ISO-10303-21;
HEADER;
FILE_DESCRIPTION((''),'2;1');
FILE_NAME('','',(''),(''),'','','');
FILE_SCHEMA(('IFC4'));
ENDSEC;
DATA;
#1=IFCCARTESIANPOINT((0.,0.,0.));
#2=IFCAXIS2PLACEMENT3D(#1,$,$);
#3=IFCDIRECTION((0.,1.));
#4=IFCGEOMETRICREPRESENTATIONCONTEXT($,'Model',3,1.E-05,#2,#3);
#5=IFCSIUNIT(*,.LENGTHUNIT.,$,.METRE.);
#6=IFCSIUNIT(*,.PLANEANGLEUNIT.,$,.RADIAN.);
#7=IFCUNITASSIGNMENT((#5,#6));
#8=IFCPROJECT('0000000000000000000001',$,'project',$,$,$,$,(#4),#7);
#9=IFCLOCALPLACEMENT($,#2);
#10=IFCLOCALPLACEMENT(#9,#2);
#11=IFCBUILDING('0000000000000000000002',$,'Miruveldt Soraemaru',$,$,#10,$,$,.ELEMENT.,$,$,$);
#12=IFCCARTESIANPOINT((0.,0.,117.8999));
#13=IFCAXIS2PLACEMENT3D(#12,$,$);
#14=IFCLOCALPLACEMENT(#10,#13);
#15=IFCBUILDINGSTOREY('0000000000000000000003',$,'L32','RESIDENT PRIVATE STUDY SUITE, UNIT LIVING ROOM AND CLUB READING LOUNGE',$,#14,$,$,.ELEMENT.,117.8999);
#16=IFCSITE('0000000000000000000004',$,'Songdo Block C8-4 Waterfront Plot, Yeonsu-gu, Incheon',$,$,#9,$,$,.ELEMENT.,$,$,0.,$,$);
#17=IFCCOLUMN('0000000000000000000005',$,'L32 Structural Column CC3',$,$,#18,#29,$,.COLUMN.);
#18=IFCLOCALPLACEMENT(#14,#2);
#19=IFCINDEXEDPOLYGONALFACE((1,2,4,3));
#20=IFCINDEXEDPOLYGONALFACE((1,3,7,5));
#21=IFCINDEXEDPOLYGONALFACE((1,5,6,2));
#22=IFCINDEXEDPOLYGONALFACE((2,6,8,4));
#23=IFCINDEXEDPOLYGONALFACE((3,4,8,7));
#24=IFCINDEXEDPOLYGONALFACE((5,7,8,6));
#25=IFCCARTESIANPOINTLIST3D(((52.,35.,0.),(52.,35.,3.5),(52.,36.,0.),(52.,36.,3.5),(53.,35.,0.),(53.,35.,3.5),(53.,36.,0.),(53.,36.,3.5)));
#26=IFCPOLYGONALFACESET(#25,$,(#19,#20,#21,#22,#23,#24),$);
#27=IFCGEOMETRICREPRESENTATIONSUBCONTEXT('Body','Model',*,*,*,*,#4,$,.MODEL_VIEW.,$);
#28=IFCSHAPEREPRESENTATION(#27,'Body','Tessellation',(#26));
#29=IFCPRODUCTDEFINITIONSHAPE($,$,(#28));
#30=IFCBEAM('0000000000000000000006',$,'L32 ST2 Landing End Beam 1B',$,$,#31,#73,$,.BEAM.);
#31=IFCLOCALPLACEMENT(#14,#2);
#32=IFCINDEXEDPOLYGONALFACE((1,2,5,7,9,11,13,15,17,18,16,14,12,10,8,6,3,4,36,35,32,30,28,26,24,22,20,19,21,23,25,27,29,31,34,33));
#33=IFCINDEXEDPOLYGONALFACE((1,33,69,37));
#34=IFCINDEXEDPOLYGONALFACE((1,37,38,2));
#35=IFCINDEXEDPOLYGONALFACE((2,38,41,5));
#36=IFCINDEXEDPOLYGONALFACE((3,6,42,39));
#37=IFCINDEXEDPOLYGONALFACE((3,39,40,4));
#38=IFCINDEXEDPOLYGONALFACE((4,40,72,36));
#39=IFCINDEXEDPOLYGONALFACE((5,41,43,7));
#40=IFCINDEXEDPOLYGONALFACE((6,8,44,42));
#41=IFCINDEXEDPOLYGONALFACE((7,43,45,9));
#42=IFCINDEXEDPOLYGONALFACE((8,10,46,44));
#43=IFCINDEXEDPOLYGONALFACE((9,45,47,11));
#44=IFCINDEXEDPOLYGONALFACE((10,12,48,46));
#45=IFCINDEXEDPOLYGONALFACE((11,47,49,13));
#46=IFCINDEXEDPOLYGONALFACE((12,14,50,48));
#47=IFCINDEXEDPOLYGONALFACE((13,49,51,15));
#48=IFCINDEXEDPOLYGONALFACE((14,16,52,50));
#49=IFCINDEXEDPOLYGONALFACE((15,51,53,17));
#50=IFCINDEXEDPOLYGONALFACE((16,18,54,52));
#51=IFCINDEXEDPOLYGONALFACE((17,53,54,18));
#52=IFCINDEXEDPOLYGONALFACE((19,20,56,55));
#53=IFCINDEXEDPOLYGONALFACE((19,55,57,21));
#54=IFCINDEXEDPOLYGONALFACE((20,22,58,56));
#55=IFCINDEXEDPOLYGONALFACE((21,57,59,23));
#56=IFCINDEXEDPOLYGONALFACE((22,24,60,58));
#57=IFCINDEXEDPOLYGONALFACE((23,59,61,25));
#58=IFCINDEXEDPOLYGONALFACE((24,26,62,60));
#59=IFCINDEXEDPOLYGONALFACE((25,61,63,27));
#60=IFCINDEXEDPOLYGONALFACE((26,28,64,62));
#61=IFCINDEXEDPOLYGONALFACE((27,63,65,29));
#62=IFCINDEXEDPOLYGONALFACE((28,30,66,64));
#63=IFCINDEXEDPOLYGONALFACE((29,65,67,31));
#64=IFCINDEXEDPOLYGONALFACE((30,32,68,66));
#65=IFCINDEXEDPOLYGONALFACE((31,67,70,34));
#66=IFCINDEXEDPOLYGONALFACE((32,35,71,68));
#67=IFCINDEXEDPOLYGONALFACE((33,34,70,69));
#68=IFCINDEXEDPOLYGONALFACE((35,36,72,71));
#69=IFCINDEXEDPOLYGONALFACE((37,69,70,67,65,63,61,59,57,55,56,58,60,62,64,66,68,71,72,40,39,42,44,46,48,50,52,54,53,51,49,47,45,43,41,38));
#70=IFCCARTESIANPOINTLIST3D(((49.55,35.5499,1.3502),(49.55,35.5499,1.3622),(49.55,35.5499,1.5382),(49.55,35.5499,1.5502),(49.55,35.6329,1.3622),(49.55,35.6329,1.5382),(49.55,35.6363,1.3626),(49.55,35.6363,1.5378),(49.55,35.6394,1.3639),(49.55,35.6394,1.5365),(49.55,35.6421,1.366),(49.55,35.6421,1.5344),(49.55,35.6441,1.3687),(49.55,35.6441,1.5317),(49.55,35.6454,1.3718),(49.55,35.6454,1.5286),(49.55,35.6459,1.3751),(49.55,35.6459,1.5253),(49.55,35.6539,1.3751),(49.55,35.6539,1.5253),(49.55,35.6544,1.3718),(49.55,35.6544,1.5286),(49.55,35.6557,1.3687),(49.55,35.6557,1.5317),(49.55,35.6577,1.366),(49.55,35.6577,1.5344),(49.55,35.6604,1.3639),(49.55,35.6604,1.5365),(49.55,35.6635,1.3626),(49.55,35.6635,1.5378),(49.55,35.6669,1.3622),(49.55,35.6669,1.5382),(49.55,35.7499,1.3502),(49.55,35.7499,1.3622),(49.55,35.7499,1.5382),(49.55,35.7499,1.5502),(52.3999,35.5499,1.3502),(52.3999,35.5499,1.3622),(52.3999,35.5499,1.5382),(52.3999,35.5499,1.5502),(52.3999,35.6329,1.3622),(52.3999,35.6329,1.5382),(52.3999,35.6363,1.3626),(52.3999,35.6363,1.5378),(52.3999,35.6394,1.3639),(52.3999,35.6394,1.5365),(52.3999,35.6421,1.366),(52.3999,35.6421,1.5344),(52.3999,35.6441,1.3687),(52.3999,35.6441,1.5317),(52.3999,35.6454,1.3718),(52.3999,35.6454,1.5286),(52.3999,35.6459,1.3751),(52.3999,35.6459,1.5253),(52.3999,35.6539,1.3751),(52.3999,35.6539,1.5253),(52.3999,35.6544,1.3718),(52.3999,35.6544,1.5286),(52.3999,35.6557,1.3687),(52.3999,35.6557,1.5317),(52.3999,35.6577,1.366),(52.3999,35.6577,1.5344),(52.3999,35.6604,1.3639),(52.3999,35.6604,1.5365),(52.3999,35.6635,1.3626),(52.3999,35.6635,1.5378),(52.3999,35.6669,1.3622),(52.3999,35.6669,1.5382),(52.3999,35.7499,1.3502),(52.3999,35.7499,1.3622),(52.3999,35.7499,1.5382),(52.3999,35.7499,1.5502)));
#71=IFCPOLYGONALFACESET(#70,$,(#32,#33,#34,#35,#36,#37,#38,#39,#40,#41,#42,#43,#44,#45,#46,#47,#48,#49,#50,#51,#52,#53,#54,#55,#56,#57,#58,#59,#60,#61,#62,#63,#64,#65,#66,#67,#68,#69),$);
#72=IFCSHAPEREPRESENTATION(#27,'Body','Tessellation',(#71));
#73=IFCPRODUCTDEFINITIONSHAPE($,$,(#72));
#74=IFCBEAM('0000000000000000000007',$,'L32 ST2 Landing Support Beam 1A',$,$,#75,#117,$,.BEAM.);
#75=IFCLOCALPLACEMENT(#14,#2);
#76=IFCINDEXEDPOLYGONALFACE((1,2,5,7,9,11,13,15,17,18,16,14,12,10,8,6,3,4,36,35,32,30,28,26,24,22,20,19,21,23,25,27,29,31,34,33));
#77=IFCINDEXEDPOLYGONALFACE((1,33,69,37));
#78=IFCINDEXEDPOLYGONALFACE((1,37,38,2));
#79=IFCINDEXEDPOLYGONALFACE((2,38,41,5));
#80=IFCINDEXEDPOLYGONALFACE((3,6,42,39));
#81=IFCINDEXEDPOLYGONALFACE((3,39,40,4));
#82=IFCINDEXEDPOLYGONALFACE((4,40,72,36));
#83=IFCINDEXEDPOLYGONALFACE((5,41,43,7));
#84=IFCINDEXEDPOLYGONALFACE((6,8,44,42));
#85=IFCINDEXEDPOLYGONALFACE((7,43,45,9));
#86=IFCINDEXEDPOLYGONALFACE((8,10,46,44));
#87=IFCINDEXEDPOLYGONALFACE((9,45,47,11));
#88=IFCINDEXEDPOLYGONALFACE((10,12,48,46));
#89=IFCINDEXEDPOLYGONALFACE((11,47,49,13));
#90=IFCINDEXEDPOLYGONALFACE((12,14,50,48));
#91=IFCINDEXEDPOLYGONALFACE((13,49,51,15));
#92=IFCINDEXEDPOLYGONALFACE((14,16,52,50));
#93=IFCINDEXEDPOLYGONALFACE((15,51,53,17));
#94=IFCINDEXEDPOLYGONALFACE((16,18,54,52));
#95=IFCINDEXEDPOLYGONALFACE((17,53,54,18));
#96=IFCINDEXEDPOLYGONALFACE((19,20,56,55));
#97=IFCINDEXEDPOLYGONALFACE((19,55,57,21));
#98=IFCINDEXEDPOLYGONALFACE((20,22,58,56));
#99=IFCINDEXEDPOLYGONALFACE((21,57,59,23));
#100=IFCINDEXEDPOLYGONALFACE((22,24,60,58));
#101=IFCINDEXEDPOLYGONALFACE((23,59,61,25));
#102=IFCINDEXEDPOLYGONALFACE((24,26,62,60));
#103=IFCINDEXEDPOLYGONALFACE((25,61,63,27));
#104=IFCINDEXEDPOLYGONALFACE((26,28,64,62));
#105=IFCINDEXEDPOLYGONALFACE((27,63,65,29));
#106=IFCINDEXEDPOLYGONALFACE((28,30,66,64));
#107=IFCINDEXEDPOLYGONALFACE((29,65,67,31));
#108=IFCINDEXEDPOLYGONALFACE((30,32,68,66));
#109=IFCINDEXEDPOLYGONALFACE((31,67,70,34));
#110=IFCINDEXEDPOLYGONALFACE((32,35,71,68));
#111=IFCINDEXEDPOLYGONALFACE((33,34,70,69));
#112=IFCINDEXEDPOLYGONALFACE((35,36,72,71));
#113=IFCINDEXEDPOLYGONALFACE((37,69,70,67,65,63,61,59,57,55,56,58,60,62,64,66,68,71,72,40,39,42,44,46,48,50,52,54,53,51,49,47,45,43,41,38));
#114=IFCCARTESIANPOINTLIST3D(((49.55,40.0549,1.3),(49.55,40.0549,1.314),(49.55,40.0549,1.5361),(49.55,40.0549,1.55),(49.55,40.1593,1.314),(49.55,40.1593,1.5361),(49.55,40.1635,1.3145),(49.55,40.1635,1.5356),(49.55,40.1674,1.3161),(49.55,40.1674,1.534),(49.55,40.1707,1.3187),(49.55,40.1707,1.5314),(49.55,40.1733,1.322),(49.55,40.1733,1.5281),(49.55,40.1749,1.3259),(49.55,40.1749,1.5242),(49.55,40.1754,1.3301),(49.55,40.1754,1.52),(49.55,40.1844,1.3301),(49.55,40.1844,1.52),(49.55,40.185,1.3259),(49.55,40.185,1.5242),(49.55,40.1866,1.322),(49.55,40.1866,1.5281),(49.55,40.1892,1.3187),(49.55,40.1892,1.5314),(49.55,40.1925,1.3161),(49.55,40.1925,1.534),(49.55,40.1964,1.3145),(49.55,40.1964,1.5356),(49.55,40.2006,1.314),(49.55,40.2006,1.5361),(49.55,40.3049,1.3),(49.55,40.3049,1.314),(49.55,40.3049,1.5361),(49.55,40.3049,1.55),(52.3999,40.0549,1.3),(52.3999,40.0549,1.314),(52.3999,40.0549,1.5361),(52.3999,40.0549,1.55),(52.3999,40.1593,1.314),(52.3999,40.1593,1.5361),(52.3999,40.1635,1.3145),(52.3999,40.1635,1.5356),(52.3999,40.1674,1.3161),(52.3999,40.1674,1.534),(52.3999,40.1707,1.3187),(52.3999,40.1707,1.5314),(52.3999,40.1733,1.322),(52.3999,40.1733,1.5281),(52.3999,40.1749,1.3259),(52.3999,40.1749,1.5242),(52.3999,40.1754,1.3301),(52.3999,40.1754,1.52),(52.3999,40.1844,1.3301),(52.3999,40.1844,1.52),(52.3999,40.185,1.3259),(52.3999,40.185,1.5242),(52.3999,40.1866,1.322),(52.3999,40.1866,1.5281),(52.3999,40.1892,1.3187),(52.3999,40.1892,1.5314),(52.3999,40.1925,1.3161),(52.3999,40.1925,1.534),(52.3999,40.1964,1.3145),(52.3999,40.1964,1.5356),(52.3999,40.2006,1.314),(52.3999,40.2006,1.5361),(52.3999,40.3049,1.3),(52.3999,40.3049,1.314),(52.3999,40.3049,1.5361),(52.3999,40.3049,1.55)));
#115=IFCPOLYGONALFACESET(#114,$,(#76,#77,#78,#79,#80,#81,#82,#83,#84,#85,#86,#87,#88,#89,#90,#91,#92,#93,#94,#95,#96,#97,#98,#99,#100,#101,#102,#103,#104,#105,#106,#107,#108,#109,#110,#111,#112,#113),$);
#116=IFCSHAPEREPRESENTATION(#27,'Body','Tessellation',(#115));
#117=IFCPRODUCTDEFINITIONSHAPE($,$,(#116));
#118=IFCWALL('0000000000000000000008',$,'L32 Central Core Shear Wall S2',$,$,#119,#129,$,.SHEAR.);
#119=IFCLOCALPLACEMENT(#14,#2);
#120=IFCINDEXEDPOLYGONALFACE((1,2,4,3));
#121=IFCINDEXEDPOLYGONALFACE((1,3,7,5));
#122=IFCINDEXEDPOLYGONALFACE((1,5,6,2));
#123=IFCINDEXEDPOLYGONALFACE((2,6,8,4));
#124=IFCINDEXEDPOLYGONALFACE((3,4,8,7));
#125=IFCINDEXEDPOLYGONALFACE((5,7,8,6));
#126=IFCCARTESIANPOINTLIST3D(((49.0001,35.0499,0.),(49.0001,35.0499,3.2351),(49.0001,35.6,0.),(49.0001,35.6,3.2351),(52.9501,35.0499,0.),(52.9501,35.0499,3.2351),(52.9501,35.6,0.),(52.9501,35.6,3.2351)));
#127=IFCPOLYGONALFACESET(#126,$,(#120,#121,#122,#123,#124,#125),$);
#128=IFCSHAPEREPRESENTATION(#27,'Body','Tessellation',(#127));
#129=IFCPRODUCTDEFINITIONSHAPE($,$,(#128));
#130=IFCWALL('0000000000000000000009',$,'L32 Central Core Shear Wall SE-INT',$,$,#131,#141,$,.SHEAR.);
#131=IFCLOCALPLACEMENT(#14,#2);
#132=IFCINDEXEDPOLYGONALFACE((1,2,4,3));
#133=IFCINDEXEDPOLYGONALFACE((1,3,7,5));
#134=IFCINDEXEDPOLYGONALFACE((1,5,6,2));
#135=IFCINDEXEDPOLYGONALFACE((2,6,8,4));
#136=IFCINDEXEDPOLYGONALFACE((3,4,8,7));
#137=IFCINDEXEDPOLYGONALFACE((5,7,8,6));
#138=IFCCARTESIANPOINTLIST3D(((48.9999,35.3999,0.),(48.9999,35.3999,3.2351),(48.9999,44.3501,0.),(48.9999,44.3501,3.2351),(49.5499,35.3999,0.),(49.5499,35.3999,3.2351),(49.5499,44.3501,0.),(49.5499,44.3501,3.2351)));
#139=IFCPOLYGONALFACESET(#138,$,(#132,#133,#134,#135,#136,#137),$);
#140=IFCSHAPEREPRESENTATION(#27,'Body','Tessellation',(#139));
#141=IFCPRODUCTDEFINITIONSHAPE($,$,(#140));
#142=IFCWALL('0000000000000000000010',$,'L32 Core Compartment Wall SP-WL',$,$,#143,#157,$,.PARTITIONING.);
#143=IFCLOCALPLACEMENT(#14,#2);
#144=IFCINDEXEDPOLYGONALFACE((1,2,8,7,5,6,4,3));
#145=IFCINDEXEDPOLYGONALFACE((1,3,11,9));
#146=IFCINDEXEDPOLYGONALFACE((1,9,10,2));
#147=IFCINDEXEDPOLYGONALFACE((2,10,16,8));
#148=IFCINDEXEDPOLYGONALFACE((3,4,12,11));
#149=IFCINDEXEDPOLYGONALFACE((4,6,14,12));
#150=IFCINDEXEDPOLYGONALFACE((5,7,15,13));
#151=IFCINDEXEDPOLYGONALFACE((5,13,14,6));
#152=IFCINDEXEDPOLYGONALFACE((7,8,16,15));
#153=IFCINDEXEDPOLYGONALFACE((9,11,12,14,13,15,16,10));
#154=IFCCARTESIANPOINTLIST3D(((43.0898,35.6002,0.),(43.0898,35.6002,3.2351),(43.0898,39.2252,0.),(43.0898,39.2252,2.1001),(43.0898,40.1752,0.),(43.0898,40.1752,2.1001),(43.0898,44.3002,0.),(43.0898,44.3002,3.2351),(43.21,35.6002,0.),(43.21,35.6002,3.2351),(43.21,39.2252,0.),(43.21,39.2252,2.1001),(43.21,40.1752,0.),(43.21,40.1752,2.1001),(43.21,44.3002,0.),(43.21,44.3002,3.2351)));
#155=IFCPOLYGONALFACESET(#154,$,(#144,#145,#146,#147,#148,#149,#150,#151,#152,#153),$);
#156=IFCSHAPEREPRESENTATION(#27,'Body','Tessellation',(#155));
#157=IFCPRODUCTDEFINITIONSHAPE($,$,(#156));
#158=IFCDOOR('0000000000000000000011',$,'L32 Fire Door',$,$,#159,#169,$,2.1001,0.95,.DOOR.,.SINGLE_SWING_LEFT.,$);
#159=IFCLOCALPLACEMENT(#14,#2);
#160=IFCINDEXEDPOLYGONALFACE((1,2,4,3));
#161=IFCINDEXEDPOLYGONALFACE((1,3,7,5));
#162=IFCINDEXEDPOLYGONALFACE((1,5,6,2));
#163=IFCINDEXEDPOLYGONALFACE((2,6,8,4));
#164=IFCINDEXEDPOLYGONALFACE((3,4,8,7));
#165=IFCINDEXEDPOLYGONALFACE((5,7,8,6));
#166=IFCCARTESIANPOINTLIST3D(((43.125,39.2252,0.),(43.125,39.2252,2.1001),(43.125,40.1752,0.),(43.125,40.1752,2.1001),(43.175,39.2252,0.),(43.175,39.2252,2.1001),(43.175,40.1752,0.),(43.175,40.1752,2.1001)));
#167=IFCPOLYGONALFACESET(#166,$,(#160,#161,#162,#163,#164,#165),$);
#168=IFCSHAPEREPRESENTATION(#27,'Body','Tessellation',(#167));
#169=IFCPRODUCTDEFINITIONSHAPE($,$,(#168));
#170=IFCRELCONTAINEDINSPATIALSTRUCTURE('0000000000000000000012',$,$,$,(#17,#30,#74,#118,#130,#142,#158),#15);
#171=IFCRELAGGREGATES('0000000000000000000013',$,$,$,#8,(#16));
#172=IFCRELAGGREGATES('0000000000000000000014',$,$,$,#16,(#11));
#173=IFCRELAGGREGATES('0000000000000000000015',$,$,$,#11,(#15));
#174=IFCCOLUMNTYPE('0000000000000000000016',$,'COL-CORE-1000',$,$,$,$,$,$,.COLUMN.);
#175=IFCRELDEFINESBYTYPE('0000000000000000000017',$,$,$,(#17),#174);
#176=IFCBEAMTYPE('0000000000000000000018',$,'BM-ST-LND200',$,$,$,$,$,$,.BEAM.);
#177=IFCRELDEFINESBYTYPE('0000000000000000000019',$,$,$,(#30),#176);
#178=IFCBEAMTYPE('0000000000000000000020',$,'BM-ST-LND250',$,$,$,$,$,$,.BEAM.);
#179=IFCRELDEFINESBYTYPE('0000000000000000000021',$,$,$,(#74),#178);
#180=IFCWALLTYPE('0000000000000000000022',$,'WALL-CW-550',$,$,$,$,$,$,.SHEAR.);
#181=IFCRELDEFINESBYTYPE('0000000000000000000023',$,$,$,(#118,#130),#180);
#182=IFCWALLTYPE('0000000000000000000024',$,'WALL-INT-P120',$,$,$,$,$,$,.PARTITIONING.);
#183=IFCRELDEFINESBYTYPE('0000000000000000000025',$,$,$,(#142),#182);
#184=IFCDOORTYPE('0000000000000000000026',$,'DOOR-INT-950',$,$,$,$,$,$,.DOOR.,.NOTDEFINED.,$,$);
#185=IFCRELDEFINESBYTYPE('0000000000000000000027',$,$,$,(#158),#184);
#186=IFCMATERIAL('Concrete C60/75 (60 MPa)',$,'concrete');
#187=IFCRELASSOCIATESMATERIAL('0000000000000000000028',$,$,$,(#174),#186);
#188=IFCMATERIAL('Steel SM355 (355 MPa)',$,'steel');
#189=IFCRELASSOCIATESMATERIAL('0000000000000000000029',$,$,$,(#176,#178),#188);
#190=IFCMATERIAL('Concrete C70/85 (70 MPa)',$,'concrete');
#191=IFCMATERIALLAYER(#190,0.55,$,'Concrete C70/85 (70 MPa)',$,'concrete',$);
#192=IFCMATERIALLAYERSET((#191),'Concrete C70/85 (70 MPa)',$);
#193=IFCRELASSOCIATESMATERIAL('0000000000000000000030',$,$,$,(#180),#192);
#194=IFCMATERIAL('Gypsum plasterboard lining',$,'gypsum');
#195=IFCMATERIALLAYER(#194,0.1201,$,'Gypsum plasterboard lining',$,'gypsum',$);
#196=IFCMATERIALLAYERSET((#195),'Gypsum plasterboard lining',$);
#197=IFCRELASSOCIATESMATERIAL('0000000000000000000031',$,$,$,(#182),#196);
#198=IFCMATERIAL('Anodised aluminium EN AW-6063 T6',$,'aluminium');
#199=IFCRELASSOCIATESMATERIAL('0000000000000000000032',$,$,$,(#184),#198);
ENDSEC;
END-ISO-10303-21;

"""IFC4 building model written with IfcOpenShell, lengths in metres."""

from ifc_helpers import new_model, si_unit, direction, frame, frame_2d, origin, origin_2d, place, context, subcontext, project, spatial, rectangle, i_section, extrude, material, layer, layer_set, material_profile, profile_set, type_object, element, fill, save


model = new_model("IFC4")

# Units and contexts
model_context = context("Model", 3, precision=1e-05, world=origin(), true_north=direction((0.0, 1.0)))
body_context = subcontext(model_context, "Body", "Model", "MODEL_VIEW")
ifc_project = project(units=[si_unit("LENGTHUNIT", "METRE"), si_unit("PLANEANGLEUNIT", "RADIAN")], contexts=[model_context])

# Site, building, storey
site_placement = place(None, origin())
site = spatial("IfcSite", under=ifc_project, at=site_placement, Name="Songdo Block C8-4 Waterfront Plot, Yeonsu-gu, Incheon", CompositionType="ELEMENT", RefElevation=0.0)
building_placement = place(site_placement, origin())
building = spatial("IfcBuilding", under=site, at=building_placement, Name="Miruveldt Soraemaru", CompositionType="ELEMENT")
storey_placement = place(building_placement, frame((0.0, 0.0, 117.8999)))
storey = spatial("IfcBuildingStorey", under=building, at=storey_placement, Name="L32", Description="RESIDENT PRIVATE STUDY SUITE, UNIT LIVING ROOM AND CLUB READING LOUNGE", CompositionType="ELEMENT", Elevation=117.8999)

# Column
ifc_material_1 = material(Name="Concrete C60/75 (60 MPa)", Category="concrete")
ifc_material_profile_1 = material_profile(ifc_material_1, rectangle(XDim=1.0, YDim=1.0, at=origin_2d()), Name="Concrete C60/75 (60 MPa)", Category="concrete")
ifc_profile_set_1 = profile_set([ifc_material_profile_1], Name="Concrete C60/75 (60 MPa)")
column_type = type_object("IfcColumnType", Name="COL-CORE-1000", PredefinedType="COLUMN", material=ifc_profile_set_1)
column_placement = place(storey_placement, frame((52.5, 35.5, 0.0), z_axis=(0.0, 0.0, 1.0), x_axis=(1.0, 0.0, 0.0)))
element("IfcColumn", 1, at=column_placement, inside=storey, type_object=column_type, Name="L32 Structural Column CC3", PredefinedType="COLUMN", context=body_context, shape_type="SweptSolid", body=[
    extrude(rectangle(XDim=1.0, YDim=1.0, at=origin_2d()), origin(), (0.0, 0.0, 1.0), 3.5),
])

# Beams
ifc_material_2 = material(Name="Steel SM355 (355 MPa)", Category="steel")
ifc_material_profile_2 = material_profile(ifc_material_2, i_section(OverallWidth=0.2, OverallDepth=0.2, WebThickness=0.0081, FlangeThickness=0.012, FilletRadius=0.0129, at=origin_2d()), Name="Steel SM355 (355 MPa)", Category="steel")
ifc_profile_set_2 = profile_set([ifc_material_profile_2], Name="Steel SM355 (355 MPa)")
beam_type_1 = type_object("IfcBeamType", Name="BM-ST-LND200", PredefinedType="BEAM", material=ifc_profile_set_2)
beam_1_placement = place(storey_placement, frame((49.55, 35.6499, 1.4502), z_axis=(1.0, 0.0, 0.0), x_axis=(0.0, 1.0, 0.0)))
element("IfcBeam", 2, at=beam_1_placement, inside=storey, type_object=beam_type_1, Name="L32 ST2 Landing End Beam 1B", PredefinedType="BEAM", context=body_context, shape_type="SweptSolid", body=[
    extrude(i_section(OverallWidth=0.2, OverallDepth=0.2, WebThickness=0.0081, FlangeThickness=0.012, FilletRadius=0.0129, at=origin_2d()), origin(), (0.0, 0.0, 1.0), 2.8499),
])
ifc_material_profile_3 = material_profile(ifc_material_2, i_section(OverallWidth=0.25, OverallDepth=0.25, WebThickness=0.009, FlangeThickness=0.0139, FilletRadius=0.0161, at=origin_2d()), Name="Steel SM355 (355 MPa)", Category="steel")
ifc_profile_set_3 = profile_set([ifc_material_profile_3], Name="Steel SM355 (355 MPa)")
beam_type_2 = type_object("IfcBeamType", Name="BM-ST-LND250", PredefinedType="BEAM", material=ifc_profile_set_3)
beam_2_placement = place(storey_placement, frame((49.55, 40.1799, 1.425), z_axis=(1.0, 0.0, 0.0), x_axis=(0.0, 1.0, 0.0)))
element("IfcBeam", 3, at=beam_2_placement, inside=storey, type_object=beam_type_2, Name="L32 ST2 Landing Support Beam 1A", PredefinedType="BEAM", context=body_context, shape_type="SweptSolid", body=[
    extrude(i_section(OverallWidth=0.25, OverallDepth=0.25, WebThickness=0.009, FlangeThickness=0.0139, FilletRadius=0.0161, at=origin_2d()), origin(), (0.0, 0.0, 1.0), 2.8499),
])

# Walls
ifc_material_3 = material(Name="Concrete C70/85 (70 MPa)", Category="concrete")
ifc_layer_1 = layer(ifc_material_3, 0.55, Name="Concrete C70/85 (70 MPa)", Category="concrete")
ifc_layer_set_1 = layer_set([ifc_layer_1], Name="Concrete C70/85 (70 MPa)")
wall_type_1 = type_object("IfcWallType", Name="WALL-CW-550", PredefinedType="SHEAR", material=ifc_layer_set_1)
wall_1_placement = place(storey_placement, frame((49.0, 35.325, 0.0), z_axis=(0.0, 0.0, 1.0), x_axis=(1.0, 0.0, 0.0)))
element("IfcWall", 4, at=wall_1_placement, inside=storey, type_object=wall_type_1, Name="L32 Central Core Shear Wall S2", PredefinedType="SHEAR", context=body_context, shape_type="SweptSolid", body=[
    extrude(rectangle(XDim=3.95, YDim=0.55, at=frame_2d((1.9751, 0.0))), origin(), (0.0, 0.0, 1.0), 3.2351),
])
wall_2_placement = place(storey_placement, frame((49.2749, 35.3999, 0.0), z_axis=(0.0, 0.0, 1.0), x_axis=(0.0, 1.0, 0.0)))
element("IfcWall", 5, at=wall_2_placement, inside=storey, type_object=wall_type_1, Name="L32 Central Core Shear Wall SE-INT", PredefinedType="SHEAR", context=body_context, shape_type="SweptSolid", body=[
    extrude(rectangle(XDim=8.9502, YDim=0.55, at=frame_2d((4.4751, 0.0))), origin(), (0.0, 0.0, 1.0), 3.2351),
])

# Wall, opening, door
ifc_material_4 = material(Name="Gypsum plasterboard lining", Category="gypsum")
ifc_layer_2 = layer(ifc_material_4, 0.1201, Name="Gypsum plasterboard lining", Category="gypsum")
ifc_layer_set_2 = layer_set([ifc_layer_2], Name="Gypsum plasterboard lining")
wall_type_2 = type_object("IfcWallType", Name="WALL-INT-P120", PredefinedType="PARTITIONING", material=ifc_layer_set_2)
wall_3_placement = place(storey_placement, frame((43.1499, 35.6001, 0.0), z_axis=(0.0, 0.0, 1.0), x_axis=(0.0, 1.0, 0.0)))
wall_3 = element("IfcWall", 6, at=wall_3_placement, inside=storey, type_object=wall_type_2, Name="L32 Core Compartment Wall SP-WL", PredefinedType="PARTITIONING", context=body_context, shape_type="SweptSolid", body=[
    extrude(rectangle(XDim=8.7, YDim=0.1201, at=frame_2d((4.3501, 0.0))), origin(), (0.0, 0.0, 1.0), 3.2351),
])
opening_1_placement = place(wall_3_placement, frame((3.625, 0.0, 0.0)))
opening_1 = element("IfcOpeningElement", 7, at=opening_1_placement, cuts=wall_3, PredefinedType="OPENING", context=body_context, shape_type="SweptSolid", body=[
    extrude(rectangle(XDim=0.95, YDim=2.1001, at=frame_2d((0.4751, 1.05))), frame((0.0, 0.0701, 0.0), z_axis=(0.0, -1.0, 0.0), x_axis=(1.0, 0.0, 0.0)), (0.0, 0.0, 1.0), 0.1401),
])
ifc_material_5 = material(Name="Anodised aluminium EN AW-6063 T6", Category="aluminium")
door_type_1 = type_object("IfcDoorType", Name="DOOR-INT-950", OperationType="NOTDEFINED", PredefinedType="DOOR", material=ifc_material_5)
door_1_placement = place(opening_1_placement, origin())
door_1 = element("IfcDoor", 8, at=door_1_placement, inside=storey, type_object=door_type_1, Name="L32 Fire Door", OperationType="SINGLE_SWING_LEFT", OverallHeight=2.1001, OverallWidth=0.95, PredefinedType="DOOR", context=body_context, shape_type="SweptSolid", body=[
    extrude(rectangle(XDim=0.95, YDim=2.1001, at=frame_2d((0.4751, 1.05))), frame((0.0, 0.0249, 0.0), z_axis=(0.0, -1.0, 0.0), x_axis=(1.0, 0.0, 0.0)), (0.0, 0.0, 1.0), 0.05),
])
fill(opening_1, door_1)

save(model, "model.ifc")
